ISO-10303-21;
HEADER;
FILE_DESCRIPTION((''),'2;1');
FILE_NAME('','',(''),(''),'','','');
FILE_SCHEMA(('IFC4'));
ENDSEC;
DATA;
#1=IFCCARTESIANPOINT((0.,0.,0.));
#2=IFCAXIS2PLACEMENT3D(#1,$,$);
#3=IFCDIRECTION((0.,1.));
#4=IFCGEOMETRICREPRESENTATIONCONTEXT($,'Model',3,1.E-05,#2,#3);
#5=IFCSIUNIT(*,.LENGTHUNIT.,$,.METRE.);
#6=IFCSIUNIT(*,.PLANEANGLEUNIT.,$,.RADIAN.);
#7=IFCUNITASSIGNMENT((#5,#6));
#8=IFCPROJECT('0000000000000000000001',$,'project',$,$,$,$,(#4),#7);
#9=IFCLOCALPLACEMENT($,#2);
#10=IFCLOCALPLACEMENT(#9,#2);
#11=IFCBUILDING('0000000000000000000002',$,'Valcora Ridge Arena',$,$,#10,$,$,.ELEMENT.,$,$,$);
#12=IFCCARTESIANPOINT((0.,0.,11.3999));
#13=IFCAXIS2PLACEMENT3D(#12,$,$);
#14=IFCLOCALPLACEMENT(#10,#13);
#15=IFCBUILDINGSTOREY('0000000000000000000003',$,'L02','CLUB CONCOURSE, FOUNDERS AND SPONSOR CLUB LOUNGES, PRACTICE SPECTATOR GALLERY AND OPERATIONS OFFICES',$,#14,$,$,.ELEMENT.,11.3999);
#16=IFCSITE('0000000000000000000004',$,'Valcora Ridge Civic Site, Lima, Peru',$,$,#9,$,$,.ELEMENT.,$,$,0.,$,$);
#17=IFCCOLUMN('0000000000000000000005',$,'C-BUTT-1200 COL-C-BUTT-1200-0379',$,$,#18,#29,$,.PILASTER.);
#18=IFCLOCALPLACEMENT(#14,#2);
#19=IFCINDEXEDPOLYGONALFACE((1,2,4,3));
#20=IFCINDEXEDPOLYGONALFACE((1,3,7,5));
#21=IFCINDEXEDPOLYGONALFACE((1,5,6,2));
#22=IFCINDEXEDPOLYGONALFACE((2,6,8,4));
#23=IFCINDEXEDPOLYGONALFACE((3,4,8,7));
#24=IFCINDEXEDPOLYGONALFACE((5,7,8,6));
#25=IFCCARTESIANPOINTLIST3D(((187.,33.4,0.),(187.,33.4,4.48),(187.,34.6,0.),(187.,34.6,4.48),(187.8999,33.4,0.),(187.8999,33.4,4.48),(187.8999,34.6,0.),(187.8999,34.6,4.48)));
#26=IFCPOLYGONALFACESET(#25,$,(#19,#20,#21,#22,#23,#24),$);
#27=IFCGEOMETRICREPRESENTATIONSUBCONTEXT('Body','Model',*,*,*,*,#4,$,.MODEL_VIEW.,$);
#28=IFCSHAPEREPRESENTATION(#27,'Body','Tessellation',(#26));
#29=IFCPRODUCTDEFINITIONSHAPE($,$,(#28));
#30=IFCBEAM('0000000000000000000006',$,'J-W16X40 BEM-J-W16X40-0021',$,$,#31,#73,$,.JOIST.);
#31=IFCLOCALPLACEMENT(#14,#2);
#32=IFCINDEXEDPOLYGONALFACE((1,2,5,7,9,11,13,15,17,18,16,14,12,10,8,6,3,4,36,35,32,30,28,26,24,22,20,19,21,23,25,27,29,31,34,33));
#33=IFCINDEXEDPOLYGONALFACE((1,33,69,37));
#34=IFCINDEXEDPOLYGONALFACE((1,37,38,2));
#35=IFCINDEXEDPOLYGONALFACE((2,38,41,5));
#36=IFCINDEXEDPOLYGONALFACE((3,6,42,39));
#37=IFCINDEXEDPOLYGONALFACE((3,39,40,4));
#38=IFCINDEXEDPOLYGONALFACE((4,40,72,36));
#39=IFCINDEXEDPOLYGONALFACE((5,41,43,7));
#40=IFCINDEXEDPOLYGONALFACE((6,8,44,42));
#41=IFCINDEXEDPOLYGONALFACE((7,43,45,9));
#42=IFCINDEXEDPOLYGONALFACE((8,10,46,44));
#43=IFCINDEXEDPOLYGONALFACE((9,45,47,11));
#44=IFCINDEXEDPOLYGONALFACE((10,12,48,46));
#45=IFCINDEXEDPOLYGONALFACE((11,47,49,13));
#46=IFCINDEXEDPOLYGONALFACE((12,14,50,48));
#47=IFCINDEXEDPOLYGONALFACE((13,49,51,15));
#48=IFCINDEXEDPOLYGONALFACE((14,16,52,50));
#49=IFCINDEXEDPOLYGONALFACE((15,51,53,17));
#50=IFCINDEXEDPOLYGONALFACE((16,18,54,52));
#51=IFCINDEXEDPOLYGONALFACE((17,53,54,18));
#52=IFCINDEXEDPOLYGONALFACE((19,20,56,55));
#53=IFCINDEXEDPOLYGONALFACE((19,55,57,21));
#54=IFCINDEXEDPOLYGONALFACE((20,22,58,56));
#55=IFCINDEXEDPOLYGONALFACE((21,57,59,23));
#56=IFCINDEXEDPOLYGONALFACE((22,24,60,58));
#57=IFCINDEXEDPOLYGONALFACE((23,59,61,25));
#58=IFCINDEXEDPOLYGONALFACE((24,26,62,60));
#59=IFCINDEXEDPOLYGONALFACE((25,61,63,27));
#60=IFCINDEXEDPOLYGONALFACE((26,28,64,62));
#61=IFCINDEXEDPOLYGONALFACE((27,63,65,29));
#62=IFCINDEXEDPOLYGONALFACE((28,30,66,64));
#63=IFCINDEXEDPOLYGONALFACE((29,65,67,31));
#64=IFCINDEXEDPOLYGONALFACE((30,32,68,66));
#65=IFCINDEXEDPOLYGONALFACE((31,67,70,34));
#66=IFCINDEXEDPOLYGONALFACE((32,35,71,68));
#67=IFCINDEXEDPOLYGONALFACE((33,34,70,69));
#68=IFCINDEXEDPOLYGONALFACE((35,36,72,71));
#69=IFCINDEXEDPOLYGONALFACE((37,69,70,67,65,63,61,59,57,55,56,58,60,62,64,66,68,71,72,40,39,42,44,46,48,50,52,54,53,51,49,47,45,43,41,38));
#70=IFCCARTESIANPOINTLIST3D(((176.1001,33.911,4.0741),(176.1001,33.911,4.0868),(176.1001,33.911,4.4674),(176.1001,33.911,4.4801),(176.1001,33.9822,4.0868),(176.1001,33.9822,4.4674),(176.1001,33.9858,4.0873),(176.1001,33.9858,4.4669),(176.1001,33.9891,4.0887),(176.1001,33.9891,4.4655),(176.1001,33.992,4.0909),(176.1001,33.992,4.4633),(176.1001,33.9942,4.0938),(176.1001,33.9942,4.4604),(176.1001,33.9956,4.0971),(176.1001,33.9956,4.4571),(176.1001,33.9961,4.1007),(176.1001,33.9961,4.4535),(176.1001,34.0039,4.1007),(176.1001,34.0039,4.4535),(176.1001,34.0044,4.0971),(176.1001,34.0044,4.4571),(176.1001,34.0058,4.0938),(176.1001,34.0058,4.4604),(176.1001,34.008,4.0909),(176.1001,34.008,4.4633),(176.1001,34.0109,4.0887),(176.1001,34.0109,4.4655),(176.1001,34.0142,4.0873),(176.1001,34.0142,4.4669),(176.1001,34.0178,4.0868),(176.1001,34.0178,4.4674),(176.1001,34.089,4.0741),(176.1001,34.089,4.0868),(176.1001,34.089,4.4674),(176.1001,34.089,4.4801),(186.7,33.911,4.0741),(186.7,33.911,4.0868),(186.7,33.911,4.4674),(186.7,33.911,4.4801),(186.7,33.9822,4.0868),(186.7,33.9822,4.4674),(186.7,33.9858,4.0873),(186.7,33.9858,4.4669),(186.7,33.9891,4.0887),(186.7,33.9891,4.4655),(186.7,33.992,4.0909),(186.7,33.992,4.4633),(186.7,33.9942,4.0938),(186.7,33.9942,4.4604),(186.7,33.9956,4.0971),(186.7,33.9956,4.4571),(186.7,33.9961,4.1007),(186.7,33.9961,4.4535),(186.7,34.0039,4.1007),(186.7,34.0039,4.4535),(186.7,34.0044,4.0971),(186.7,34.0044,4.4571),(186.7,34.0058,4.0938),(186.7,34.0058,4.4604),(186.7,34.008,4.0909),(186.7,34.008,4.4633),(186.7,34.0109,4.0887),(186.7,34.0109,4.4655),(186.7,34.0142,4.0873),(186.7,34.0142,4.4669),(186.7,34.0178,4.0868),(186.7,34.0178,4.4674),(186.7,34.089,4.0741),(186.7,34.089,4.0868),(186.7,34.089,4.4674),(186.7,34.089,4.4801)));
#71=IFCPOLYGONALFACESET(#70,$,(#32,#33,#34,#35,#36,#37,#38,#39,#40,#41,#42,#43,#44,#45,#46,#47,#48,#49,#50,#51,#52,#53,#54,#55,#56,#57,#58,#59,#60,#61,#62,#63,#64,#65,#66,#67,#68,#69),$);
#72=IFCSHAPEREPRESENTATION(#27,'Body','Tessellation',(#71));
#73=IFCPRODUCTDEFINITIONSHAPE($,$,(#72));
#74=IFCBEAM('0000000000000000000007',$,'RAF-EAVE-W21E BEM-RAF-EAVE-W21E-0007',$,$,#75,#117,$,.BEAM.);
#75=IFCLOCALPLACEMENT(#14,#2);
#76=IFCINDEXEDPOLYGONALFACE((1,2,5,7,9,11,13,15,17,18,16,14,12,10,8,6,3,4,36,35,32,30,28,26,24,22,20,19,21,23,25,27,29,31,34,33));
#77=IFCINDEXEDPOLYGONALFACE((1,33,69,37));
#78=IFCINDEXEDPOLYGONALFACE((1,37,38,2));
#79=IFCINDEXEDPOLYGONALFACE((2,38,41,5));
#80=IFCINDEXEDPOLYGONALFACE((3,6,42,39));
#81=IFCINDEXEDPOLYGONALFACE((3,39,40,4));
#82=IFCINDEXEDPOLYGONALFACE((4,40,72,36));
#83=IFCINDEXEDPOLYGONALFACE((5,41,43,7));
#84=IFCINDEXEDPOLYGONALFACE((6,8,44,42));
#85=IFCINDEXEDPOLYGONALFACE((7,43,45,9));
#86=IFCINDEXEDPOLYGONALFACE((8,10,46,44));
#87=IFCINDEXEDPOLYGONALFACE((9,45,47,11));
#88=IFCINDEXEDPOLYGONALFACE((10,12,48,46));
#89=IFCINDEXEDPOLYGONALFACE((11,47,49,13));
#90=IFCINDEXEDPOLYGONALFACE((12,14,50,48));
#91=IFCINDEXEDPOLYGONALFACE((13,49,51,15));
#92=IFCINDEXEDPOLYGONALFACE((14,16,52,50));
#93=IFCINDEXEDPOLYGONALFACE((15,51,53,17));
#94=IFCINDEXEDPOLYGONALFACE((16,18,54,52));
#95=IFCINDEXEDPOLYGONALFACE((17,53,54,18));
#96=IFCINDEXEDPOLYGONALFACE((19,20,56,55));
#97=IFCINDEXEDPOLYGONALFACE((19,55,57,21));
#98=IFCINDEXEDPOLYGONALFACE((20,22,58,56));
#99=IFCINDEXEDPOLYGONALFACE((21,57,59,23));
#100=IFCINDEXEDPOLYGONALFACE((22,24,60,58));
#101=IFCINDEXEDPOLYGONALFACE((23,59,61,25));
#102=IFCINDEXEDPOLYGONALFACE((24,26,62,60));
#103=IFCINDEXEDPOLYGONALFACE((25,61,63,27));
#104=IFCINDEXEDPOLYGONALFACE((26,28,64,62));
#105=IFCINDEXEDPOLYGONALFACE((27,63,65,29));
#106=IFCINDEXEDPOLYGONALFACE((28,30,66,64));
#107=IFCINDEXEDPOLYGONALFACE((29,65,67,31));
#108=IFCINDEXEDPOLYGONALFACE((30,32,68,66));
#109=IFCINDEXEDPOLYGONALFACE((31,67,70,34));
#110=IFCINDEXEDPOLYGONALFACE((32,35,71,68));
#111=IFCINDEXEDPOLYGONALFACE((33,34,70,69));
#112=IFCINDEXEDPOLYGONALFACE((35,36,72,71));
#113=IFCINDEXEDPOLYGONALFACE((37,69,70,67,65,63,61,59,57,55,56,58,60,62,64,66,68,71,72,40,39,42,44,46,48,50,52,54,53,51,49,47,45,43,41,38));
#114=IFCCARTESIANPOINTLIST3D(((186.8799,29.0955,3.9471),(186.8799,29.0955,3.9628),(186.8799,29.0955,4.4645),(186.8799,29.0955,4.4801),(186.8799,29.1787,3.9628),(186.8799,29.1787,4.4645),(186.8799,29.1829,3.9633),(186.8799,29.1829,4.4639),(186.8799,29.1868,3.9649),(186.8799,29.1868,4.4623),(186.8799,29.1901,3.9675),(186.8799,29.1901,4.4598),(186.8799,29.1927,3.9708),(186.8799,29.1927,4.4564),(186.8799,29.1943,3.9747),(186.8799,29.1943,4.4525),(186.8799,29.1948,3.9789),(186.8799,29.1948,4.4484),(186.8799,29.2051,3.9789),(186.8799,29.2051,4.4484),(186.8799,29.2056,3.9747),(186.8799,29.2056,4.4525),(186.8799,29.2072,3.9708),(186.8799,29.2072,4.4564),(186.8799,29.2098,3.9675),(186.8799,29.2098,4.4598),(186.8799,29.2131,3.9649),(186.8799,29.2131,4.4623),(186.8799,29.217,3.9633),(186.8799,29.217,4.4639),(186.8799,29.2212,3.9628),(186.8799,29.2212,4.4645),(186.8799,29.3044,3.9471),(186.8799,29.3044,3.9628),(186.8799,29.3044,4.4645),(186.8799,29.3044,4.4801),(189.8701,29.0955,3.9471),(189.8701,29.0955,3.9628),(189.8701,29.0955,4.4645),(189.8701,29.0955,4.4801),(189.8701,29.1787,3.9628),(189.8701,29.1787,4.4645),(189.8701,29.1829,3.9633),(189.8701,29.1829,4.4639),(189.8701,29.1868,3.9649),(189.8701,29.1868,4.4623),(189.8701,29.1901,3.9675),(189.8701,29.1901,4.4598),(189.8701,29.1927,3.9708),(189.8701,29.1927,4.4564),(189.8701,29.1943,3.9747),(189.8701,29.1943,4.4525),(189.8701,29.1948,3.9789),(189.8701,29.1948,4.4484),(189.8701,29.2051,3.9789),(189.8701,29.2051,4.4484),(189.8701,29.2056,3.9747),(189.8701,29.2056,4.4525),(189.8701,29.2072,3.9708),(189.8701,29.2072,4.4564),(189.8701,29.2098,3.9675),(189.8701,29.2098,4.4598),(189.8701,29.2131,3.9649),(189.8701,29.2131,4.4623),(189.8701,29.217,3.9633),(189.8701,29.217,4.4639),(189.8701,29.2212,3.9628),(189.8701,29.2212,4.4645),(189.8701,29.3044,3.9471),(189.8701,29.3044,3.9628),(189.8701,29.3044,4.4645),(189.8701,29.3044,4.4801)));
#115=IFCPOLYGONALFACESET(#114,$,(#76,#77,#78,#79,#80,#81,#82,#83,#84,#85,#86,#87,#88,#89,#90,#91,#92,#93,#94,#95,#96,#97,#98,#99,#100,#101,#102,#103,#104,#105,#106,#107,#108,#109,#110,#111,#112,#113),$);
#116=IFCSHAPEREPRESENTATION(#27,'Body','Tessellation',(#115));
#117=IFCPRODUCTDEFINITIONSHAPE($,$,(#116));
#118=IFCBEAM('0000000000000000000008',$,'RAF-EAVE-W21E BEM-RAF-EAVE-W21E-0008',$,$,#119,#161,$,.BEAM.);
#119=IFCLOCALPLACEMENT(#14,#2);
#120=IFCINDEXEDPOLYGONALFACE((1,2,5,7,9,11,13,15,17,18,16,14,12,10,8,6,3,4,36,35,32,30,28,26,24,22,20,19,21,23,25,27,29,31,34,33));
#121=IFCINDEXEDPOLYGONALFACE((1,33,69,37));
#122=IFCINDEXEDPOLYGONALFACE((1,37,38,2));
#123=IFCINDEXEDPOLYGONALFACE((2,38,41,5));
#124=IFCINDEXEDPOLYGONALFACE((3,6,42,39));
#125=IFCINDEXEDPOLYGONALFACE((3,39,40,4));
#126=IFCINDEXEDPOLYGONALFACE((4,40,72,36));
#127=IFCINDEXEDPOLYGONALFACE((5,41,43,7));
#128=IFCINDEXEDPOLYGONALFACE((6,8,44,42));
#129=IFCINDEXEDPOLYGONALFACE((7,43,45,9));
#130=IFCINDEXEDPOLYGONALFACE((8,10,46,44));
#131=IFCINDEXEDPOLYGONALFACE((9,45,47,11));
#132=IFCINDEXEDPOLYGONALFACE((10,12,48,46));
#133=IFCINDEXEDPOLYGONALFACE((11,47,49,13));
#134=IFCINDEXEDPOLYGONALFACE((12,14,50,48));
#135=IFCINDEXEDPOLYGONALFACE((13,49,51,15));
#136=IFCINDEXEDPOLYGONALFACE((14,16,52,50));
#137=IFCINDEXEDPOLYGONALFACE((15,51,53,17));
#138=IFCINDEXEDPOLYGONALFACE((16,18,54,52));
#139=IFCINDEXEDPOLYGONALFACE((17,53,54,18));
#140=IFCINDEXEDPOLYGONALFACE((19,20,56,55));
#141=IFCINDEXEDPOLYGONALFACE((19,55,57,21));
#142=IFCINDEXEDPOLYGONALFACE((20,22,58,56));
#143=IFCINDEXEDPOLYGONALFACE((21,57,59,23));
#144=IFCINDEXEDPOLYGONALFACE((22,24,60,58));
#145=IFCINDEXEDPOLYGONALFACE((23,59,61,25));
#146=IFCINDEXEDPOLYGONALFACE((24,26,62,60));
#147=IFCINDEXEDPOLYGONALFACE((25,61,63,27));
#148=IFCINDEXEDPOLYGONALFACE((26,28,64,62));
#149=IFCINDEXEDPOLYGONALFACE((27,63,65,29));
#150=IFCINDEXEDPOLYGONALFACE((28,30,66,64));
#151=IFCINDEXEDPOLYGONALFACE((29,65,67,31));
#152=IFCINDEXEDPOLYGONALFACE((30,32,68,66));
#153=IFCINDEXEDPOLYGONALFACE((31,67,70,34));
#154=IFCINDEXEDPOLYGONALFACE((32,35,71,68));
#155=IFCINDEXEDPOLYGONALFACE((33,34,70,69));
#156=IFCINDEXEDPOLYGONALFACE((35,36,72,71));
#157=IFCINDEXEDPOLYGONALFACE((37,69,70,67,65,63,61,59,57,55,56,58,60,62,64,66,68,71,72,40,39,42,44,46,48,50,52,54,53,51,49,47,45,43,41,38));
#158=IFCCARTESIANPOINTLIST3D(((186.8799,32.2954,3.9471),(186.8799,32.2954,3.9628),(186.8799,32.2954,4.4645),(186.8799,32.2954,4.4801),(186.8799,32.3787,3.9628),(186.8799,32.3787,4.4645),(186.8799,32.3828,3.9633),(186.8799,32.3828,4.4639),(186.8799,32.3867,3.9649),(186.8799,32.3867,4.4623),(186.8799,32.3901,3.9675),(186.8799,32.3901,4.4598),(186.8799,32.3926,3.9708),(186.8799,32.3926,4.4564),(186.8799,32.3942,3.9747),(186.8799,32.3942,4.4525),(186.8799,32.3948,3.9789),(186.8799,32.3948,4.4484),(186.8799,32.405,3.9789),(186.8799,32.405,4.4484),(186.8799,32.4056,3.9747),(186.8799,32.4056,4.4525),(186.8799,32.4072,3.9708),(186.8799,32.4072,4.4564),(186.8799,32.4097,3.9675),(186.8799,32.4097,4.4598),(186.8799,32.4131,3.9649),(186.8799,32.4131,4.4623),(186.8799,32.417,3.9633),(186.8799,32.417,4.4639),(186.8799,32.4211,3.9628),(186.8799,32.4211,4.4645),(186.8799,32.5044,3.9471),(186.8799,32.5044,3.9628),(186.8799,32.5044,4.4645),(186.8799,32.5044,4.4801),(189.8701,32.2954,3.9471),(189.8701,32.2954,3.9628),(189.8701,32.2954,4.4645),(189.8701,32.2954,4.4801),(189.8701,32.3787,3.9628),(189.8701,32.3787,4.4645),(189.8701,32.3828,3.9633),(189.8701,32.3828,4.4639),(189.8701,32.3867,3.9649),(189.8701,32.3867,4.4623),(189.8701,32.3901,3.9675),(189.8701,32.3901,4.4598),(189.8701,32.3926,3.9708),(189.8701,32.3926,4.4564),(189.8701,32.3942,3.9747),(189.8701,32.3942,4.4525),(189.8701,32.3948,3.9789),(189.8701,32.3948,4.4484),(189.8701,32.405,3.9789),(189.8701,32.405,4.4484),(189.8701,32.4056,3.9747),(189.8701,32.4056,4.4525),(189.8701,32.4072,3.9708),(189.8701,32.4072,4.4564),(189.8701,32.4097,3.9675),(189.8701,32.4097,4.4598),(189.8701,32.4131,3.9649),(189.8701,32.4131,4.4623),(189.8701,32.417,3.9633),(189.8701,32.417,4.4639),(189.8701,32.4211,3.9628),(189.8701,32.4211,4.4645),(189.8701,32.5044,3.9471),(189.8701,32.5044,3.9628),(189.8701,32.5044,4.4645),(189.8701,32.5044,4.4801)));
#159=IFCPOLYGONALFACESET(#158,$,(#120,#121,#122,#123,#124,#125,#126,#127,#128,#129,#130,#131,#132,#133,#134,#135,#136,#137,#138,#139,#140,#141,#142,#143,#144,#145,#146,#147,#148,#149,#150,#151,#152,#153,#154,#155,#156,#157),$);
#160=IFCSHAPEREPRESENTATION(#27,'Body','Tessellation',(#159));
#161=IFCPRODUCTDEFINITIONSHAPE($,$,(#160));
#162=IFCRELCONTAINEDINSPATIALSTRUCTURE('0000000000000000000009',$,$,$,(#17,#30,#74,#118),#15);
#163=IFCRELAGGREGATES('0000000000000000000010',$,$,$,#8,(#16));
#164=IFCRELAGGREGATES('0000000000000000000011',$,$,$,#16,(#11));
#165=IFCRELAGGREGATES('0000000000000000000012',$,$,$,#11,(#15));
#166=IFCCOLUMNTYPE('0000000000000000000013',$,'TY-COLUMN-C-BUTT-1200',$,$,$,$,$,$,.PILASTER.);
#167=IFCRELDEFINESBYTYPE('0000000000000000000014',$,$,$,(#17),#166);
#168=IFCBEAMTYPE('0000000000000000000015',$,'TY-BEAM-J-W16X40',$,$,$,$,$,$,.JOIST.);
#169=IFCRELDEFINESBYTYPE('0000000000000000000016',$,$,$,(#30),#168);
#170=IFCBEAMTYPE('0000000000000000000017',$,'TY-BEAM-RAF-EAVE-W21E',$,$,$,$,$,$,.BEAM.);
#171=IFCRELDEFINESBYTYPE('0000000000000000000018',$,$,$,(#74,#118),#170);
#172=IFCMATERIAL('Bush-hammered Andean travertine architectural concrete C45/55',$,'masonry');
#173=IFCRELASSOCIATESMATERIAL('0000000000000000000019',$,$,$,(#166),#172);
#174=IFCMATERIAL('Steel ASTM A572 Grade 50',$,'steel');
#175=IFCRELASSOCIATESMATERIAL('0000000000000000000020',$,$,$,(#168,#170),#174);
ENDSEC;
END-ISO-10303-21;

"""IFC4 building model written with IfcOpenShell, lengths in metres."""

from ifc_helpers import new_model, si_unit, direction, frame, origin, origin_2d, place, context, subcontext, project, spatial, rectangle, i_section, extrude, material, material_profile, profile_set, type_object, element, save


model = new_model("IFC4")

# Units and contexts
model_context = context("Model", 3, precision=1e-05, world=origin(), true_north=direction((0.0, 1.0)))
body_context = subcontext(model_context, "Body", "Model", "MODEL_VIEW")
ifc_project = project(units=[si_unit("LENGTHUNIT", "METRE"), si_unit("PLANEANGLEUNIT", "RADIAN")], contexts=[model_context])

# Site, building, storey
site_placement = place(None, origin())
site = spatial("IfcSite", under=ifc_project, at=site_placement, Name="Valcora Ridge Civic Site, Lima, Peru", CompositionType="ELEMENT", RefElevation=0.0)
building_placement = place(site_placement, origin())
building = spatial("IfcBuilding", under=site, at=building_placement, Name="Valcora Ridge Arena", CompositionType="ELEMENT")
storey_placement = place(building_placement, frame((0.0, 0.0, 11.3999)))
storey = spatial("IfcBuildingStorey", under=building, at=storey_placement, Name="L02", Description="CLUB CONCOURSE, FOUNDERS AND SPONSOR CLUB LOUNGES, PRACTICE SPECTATOR GALLERY AND OPERATIONS OFFICES", CompositionType="ELEMENT", Elevation=11.3999)

# Column
ifc_material_1 = material(Name="Bush-hammered Andean travertine architectural concrete C45/55", Category="masonry")
ifc_material_profile_1 = material_profile(ifc_material_1, rectangle(XDim=0.8999, YDim=1.2, at=origin_2d()), Name="RC 900x1200")
ifc_profile_set_1 = profile_set([ifc_material_profile_1], Name="Bush-hammered Andean travertine architectural concrete C45/55")
column_type = type_object("IfcColumnType", Name="TY-COLUMN-C-BUTT-1200", PredefinedType="PILASTER", material=ifc_profile_set_1)
column_placement = place(storey_placement, frame((187.45, 34.0, 0.0), z_axis=(0.0, 0.0, 1.0), x_axis=(1.0, 0.0, 0.0)))
element("IfcColumn", 1, at=column_placement, inside=storey, type_object=column_type, Name="C-BUTT-1200 COL-C-BUTT-1200-0379", PredefinedType="PILASTER", context=body_context, shape_type="SweptSolid", body=[
    extrude(rectangle(XDim=0.8999, YDim=1.2, at=origin_2d()), origin(), (0.0, 0.0, 1.0), 4.48),
])

# Beams
ifc_material_2 = material(Name="Steel ASTM A572 Grade 50", Category="steel")
ifc_material_profile_2 = material_profile(ifc_material_2, i_section(OverallWidth=0.178, OverallDepth=0.406, WebThickness=0.0078, FlangeThickness=0.0127, FilletRadius=0.0139, at=origin_2d()), Name="W16X40")
ifc_profile_set_2 = profile_set([ifc_material_profile_2], Name="Steel ASTM A572 Grade 50")
beam_type_1 = type_object("IfcBeamType", Name="TY-BEAM-J-W16X40", PredefinedType="JOIST", material=ifc_profile_set_2)
beam_placement = place(storey_placement, frame((176.1001, 34.0, 4.2771), z_axis=(1.0, 0.0, 0.0), x_axis=(0.0, 1.0, 0.0)))
element("IfcBeam", 2, at=beam_placement, inside=storey, type_object=beam_type_1, Name="J-W16X40 BEM-J-W16X40-0021", PredefinedType="JOIST", context=body_context, shape_type="SweptSolid", body=[
    extrude(i_section(OverallWidth=0.178, OverallDepth=0.406, WebThickness=0.0078, FlangeThickness=0.0127, FilletRadius=0.0139, at=origin_2d()), origin(), (0.0, 0.0, 1.0), 10.5999),
])
ifc_material_profile_3 = material_profile(ifc_material_2, i_section(OverallWidth=0.209, OverallDepth=0.533, WebThickness=0.0103, FlangeThickness=0.0156, FilletRadius=0.0161, at=origin_2d()), Name="W21X62")
ifc_profile_set_3 = profile_set([ifc_material_profile_3], Name="Steel ASTM A572 Grade 50")
beam_type_2 = type_object("IfcBeamType", Name="TY-BEAM-RAF-EAVE-W21E", PredefinedType="BEAM", material=ifc_profile_set_3)
for number, where, z_axis, x_axis, name in (
    (3, (186.8799, 29.2, 4.2136), (1.0, 0.0, 0.0), (0.0, 1.0, 0.0), "RAF-EAVE-W21E BEM-RAF-EAVE-W21E-0007"),
    (4, (186.8799, 32.3999, 4.2136), (1.0, 0.0, 0.0), (0.0, 1.0, 0.0), "RAF-EAVE-W21E BEM-RAF-EAVE-W21E-0008"),
):
    element("IfcBeam", number, at=place(storey_placement, frame(where, z_axis=z_axis, x_axis=x_axis)), inside=storey, type_object=beam_type_2, Name=name, PredefinedType="BEAM", context=body_context, shape_type="SweptSolid", body=[
        extrude(i_section(OverallWidth=0.209, OverallDepth=0.533, WebThickness=0.0103, FlangeThickness=0.0156, FilletRadius=0.0161, at=origin_2d()), origin(), (0.0, 0.0, 1.0), 2.9902),
    ])

save(model, "model.ifc")
